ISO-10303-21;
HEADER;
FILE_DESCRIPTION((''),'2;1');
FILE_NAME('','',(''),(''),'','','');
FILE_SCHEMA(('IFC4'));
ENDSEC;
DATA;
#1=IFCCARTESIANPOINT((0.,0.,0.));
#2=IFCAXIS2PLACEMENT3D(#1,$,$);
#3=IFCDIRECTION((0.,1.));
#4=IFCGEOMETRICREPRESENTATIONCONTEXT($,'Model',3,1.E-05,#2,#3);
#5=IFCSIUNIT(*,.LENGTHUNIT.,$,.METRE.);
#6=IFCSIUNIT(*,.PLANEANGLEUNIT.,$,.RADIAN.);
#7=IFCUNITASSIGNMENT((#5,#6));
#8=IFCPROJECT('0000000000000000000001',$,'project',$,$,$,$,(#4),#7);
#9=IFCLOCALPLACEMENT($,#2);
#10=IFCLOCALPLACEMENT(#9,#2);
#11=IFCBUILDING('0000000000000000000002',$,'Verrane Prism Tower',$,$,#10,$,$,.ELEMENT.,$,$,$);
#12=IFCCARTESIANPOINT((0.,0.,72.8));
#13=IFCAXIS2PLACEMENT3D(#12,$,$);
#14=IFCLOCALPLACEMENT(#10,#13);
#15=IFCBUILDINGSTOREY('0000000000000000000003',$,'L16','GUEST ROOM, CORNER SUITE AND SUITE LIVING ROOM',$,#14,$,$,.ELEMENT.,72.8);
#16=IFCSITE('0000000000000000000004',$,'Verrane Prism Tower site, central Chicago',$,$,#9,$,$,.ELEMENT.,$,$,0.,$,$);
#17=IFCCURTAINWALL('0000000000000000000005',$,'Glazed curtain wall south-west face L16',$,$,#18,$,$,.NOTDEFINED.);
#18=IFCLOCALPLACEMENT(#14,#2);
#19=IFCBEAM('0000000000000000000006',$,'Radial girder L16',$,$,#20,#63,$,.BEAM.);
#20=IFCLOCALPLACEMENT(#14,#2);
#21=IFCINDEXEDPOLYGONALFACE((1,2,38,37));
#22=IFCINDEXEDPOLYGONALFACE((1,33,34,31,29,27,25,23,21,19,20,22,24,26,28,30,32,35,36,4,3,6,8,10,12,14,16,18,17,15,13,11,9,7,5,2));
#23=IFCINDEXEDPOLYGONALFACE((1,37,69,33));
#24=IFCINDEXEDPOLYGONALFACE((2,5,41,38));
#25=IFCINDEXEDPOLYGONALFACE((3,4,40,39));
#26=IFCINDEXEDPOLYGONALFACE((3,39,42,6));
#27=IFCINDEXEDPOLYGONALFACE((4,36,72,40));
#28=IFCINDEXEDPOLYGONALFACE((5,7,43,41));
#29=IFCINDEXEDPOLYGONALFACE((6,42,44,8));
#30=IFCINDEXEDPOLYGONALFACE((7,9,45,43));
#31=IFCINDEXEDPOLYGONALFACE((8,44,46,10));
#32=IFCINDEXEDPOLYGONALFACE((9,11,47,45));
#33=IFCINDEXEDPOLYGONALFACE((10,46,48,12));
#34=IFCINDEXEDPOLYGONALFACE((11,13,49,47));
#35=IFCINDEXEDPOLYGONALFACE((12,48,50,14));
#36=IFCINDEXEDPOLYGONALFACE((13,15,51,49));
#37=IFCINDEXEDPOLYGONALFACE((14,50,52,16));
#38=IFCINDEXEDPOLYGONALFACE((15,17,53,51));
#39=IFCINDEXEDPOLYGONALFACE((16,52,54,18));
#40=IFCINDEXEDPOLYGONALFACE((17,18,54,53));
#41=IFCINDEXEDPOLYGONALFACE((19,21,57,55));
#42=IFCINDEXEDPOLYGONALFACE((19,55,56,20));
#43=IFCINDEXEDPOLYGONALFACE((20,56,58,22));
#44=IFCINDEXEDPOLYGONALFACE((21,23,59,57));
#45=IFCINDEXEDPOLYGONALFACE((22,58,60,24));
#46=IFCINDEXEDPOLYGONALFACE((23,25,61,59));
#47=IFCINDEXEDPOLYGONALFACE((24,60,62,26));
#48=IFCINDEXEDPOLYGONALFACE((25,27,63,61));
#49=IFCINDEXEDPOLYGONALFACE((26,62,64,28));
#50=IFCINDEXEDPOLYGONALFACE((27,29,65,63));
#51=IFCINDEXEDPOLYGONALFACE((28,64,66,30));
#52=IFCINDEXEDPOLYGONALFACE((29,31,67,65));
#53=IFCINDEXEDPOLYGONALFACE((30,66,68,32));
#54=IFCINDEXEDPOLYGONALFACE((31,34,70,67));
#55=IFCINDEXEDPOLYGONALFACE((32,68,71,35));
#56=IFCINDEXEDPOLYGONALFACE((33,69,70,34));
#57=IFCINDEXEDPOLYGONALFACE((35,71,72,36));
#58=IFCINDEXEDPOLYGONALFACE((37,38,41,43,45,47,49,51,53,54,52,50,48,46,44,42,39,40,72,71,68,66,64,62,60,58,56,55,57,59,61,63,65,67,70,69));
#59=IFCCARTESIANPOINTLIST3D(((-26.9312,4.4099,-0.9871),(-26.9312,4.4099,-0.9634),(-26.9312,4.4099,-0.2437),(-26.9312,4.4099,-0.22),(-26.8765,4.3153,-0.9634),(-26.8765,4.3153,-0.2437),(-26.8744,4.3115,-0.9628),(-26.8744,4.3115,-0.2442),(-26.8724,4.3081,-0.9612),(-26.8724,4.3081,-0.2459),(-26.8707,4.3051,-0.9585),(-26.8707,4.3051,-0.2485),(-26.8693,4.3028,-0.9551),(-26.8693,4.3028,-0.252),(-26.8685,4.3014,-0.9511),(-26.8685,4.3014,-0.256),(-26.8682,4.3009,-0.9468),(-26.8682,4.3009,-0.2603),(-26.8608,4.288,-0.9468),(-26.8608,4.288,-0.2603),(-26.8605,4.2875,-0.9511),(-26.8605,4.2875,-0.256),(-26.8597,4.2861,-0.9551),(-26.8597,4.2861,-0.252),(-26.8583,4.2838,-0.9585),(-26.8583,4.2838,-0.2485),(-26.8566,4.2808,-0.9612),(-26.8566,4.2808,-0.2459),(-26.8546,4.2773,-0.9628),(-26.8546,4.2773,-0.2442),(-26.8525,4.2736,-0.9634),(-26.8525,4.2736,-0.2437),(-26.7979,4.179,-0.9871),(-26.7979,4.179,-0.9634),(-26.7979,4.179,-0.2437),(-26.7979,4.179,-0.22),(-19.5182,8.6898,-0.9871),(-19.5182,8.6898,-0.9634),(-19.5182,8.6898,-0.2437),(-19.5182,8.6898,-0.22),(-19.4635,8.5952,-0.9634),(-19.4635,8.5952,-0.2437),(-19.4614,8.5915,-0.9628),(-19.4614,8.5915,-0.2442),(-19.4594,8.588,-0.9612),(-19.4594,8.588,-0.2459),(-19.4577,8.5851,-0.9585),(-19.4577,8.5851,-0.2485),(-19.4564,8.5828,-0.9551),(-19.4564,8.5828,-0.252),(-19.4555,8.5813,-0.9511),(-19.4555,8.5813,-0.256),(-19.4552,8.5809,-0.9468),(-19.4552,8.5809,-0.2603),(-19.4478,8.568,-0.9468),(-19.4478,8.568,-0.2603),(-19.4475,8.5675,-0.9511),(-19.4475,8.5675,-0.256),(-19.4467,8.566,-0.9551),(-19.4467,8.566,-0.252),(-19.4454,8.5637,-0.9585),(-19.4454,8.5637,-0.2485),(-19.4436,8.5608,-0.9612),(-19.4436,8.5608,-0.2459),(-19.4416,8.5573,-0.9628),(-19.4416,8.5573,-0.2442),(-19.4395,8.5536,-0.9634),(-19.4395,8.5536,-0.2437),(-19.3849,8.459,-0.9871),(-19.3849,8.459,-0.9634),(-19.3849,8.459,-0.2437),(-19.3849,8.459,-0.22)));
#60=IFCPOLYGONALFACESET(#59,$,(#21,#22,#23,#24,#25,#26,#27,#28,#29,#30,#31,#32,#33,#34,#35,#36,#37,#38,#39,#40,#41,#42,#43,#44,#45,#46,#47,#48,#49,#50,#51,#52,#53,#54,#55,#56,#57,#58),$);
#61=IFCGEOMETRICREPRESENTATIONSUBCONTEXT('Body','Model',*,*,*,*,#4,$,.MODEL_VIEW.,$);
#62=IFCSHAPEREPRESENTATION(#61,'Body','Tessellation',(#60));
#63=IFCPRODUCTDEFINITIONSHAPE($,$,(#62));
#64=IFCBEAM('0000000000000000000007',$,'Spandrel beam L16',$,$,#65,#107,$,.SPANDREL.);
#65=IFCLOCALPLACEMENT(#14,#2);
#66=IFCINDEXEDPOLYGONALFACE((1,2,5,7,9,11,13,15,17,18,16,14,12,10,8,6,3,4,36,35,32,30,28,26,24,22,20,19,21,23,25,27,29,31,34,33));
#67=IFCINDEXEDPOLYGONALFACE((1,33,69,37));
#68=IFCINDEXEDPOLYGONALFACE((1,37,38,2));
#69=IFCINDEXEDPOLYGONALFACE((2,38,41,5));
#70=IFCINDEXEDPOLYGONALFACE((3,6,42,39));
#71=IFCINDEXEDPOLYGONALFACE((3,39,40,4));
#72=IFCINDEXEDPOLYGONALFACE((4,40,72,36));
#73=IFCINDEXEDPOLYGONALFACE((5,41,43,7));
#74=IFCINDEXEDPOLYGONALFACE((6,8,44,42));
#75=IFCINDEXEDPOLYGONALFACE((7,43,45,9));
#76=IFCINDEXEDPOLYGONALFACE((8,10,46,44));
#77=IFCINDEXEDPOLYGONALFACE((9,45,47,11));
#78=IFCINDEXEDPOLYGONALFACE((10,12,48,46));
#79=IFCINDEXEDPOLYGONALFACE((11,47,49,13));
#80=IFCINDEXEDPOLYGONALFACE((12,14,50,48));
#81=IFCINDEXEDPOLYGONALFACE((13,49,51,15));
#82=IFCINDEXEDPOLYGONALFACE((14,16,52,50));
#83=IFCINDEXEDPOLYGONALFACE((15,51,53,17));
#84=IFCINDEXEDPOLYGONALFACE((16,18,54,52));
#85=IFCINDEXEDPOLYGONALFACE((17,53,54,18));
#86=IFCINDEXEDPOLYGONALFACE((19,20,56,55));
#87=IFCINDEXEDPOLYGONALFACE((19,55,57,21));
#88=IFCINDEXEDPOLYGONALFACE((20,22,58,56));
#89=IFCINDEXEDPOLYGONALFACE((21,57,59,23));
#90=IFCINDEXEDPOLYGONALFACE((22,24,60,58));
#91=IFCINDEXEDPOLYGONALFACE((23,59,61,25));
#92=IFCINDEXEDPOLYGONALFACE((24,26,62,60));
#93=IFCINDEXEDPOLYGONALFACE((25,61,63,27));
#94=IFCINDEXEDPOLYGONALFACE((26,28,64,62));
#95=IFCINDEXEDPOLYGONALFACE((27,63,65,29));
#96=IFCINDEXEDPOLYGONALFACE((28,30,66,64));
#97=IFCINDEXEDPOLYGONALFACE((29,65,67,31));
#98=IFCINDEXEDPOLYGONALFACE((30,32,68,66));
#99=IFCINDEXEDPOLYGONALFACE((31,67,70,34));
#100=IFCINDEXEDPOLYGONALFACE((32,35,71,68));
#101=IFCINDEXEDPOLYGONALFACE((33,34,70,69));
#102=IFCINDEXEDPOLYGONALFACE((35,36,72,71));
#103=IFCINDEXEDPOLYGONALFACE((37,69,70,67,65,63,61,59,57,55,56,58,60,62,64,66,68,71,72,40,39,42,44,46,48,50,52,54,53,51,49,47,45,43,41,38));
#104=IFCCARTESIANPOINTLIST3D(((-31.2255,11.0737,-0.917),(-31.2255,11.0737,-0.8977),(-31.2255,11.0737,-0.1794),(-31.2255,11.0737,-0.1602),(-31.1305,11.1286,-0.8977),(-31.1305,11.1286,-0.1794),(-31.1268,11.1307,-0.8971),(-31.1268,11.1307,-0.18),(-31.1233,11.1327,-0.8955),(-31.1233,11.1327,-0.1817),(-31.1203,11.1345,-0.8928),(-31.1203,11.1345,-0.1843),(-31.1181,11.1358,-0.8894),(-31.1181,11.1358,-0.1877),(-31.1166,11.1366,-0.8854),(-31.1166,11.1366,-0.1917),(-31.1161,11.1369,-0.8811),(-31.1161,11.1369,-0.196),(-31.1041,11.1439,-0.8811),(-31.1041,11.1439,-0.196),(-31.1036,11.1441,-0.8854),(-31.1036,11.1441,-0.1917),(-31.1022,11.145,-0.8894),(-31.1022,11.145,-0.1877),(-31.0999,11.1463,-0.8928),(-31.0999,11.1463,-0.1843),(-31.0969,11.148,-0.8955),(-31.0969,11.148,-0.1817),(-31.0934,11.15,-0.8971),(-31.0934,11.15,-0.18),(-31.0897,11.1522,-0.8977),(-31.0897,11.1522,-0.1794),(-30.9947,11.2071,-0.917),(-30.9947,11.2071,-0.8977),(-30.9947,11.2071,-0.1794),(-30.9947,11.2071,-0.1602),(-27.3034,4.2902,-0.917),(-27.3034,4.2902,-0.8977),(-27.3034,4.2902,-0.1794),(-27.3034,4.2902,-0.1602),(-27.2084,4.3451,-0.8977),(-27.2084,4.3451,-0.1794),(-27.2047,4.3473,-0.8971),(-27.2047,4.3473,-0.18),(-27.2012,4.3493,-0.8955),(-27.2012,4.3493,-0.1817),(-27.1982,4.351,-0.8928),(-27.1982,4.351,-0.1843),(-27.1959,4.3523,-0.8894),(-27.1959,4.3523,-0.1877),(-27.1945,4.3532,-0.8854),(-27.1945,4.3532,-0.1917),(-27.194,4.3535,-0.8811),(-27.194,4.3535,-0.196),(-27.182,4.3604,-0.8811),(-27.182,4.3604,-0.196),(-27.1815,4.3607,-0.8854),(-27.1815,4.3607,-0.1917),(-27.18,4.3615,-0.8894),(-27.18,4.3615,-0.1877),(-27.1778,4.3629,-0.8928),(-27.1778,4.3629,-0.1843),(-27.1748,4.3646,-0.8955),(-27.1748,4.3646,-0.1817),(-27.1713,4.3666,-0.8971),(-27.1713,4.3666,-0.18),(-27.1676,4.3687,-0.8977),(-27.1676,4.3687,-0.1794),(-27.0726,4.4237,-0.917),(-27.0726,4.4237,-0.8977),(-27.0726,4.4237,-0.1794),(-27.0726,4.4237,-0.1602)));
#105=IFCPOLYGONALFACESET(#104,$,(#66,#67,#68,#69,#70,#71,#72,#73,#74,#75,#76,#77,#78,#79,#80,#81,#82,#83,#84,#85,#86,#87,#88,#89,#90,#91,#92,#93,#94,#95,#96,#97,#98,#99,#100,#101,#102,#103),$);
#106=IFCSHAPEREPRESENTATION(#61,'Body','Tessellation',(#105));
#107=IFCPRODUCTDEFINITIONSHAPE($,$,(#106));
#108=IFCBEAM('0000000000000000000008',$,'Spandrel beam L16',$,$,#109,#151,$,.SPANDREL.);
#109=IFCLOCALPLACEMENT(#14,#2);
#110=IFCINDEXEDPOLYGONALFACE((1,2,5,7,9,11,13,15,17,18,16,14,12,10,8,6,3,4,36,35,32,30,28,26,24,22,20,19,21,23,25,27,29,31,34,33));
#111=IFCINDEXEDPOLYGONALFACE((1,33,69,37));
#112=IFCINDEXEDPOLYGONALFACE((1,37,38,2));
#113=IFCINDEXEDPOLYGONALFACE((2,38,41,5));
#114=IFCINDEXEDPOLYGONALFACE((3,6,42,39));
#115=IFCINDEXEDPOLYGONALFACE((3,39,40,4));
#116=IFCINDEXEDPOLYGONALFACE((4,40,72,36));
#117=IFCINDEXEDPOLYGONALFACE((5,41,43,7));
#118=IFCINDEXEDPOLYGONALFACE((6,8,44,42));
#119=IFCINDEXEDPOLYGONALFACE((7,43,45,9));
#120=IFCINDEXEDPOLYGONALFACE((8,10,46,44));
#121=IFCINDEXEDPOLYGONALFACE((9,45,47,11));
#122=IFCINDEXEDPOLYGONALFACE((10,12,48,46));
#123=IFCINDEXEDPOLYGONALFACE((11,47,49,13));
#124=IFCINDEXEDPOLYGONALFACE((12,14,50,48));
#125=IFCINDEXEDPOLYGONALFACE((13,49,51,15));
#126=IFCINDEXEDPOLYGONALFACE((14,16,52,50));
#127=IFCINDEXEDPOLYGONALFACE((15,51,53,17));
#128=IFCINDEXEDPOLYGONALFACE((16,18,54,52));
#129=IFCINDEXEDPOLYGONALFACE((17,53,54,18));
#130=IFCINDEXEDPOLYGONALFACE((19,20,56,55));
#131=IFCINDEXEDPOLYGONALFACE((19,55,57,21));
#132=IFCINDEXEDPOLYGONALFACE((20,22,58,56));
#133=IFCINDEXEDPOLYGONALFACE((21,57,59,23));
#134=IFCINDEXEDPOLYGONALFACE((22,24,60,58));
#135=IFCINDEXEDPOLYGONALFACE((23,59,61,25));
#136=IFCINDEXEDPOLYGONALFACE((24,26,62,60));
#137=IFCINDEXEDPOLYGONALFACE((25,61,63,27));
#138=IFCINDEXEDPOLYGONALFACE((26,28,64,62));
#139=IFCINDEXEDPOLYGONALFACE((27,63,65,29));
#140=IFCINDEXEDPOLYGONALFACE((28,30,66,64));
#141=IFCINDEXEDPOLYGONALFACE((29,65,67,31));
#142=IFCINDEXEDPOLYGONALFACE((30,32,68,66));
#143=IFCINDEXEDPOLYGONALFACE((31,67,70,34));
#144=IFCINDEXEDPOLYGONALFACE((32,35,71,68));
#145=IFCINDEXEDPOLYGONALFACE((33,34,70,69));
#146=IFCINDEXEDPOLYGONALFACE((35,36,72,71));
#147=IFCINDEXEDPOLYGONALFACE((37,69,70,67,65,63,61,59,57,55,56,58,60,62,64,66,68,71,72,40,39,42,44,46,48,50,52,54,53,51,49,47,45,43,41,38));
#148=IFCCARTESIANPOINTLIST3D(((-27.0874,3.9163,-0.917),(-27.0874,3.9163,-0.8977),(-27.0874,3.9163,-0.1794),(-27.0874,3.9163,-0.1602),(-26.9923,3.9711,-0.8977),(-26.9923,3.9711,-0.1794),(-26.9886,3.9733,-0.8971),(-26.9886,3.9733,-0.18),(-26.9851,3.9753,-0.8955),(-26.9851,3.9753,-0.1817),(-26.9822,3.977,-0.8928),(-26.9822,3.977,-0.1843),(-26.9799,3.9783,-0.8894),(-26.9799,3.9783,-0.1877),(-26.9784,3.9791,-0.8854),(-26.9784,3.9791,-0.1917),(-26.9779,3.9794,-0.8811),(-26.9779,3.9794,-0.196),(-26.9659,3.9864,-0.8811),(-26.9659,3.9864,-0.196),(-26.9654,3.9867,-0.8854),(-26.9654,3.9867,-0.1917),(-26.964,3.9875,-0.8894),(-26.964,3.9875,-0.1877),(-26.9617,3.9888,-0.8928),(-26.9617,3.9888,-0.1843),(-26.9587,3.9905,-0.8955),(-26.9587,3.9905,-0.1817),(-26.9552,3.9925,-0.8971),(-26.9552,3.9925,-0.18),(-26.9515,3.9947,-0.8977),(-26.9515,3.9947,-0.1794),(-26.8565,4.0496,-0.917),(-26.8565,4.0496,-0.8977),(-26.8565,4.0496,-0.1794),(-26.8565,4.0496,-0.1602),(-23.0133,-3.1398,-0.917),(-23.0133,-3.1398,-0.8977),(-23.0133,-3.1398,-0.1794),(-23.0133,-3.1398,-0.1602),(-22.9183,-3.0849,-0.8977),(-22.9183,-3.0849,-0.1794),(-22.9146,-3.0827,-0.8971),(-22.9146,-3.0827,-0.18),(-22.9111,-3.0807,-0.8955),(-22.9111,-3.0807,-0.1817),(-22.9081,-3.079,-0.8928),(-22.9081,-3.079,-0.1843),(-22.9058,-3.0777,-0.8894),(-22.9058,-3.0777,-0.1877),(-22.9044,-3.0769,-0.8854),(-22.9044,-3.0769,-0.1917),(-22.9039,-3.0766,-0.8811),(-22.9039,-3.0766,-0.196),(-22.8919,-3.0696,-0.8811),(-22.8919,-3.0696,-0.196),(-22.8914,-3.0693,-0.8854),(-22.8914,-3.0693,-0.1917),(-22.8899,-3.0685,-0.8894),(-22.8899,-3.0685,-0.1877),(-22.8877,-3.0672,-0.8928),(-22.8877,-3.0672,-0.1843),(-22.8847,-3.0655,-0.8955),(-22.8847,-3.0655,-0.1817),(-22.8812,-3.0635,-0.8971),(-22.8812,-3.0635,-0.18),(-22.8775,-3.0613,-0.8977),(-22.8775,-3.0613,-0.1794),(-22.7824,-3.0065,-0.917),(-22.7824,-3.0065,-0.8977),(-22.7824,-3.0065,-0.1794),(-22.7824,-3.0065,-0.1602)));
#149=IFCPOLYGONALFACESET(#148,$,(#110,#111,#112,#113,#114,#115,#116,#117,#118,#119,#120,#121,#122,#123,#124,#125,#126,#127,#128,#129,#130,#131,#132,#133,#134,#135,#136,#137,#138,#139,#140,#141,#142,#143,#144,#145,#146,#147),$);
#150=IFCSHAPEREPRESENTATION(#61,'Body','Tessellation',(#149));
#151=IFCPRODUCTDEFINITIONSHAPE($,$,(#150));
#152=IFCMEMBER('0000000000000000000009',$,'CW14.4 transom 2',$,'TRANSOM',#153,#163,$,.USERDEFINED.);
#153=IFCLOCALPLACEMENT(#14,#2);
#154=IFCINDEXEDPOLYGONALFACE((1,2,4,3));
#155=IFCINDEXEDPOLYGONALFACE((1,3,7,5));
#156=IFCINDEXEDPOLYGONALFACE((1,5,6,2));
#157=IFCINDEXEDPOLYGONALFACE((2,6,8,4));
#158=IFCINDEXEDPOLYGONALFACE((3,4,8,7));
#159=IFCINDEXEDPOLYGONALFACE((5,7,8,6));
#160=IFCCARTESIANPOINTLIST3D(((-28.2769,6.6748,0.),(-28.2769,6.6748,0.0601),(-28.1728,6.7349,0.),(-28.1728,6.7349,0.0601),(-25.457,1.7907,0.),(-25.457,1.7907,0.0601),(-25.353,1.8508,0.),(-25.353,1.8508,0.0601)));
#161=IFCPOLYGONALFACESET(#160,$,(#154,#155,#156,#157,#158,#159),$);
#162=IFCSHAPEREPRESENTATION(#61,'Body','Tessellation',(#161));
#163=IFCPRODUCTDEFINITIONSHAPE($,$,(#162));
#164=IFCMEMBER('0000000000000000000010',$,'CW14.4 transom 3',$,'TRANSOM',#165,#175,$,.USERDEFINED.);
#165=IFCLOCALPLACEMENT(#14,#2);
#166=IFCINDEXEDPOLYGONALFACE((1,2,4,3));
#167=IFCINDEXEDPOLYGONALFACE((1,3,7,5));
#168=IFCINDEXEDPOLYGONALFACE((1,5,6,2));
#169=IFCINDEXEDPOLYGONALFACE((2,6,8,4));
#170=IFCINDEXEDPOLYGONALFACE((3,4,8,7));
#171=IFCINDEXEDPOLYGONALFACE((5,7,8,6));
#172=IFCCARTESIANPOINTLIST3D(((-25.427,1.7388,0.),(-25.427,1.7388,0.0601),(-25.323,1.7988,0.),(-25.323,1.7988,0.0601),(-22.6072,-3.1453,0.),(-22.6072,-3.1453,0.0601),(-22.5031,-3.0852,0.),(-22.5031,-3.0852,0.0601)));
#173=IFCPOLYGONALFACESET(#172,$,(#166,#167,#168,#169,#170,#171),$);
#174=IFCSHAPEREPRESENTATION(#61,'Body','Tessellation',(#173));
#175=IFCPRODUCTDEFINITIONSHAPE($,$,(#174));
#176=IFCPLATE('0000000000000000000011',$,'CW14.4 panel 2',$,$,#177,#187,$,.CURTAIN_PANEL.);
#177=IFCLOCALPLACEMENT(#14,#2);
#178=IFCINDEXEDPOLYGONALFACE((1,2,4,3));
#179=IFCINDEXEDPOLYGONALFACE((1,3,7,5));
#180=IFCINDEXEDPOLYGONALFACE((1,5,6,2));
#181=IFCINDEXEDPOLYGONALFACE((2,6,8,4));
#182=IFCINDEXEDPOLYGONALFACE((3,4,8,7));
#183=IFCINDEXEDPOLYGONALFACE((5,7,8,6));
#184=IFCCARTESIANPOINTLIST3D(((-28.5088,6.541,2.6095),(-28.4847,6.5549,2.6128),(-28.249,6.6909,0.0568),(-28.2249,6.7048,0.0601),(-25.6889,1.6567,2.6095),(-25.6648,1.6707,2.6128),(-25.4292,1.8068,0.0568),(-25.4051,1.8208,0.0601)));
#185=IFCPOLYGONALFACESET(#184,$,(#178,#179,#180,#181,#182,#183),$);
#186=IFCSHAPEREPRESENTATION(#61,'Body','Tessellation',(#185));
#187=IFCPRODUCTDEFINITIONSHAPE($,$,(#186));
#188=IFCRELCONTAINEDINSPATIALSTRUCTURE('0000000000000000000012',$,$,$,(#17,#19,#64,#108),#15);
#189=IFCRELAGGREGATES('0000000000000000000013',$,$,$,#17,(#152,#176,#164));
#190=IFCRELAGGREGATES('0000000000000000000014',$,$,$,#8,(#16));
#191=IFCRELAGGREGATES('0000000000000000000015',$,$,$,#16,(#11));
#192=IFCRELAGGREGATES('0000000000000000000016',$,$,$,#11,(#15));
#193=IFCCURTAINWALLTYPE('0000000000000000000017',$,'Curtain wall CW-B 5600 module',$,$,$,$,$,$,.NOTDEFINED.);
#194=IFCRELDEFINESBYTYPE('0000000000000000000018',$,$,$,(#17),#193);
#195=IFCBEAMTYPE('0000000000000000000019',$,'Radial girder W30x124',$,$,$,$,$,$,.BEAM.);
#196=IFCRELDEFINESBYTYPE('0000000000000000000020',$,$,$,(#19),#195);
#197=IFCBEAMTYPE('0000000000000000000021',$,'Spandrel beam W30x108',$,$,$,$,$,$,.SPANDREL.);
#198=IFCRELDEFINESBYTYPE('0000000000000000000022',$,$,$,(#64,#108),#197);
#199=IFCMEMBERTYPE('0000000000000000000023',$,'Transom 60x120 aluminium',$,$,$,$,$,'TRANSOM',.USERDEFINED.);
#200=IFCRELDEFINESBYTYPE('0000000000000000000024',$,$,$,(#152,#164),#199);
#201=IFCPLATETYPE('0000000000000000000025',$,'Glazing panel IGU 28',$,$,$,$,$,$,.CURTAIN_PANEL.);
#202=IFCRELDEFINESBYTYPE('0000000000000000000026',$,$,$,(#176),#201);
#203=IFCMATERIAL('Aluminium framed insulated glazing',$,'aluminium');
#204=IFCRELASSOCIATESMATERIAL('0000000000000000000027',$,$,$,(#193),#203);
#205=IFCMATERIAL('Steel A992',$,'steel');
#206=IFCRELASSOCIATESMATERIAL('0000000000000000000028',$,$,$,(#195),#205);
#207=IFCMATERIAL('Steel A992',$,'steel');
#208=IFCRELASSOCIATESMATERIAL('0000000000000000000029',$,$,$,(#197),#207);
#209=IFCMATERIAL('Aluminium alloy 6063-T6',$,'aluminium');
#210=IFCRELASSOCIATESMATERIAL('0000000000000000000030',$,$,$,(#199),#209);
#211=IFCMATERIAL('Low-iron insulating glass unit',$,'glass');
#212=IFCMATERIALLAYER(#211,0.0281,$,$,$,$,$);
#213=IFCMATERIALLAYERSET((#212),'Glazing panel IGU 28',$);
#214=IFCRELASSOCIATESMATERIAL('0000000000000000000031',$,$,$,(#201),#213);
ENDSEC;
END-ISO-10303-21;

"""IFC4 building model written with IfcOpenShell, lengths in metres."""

from ifc_helpers import new_model, si_unit, direction, frame, origin, origin_2d, place, context, subcontext, project, spatial, polyline, rectangle, i_section, outline, extrude, material, layer, layer_set, material_profile, profile_set, type_object, element, aggregate, save


model = new_model("IFC4")

# Units and contexts
model_context = context("Model", 3, precision=1e-05, world=origin(), true_north=direction((0.0, 1.0)))
body_context = subcontext(model_context, "Body", "Model", "MODEL_VIEW")
ifc_project = project(units=[si_unit("LENGTHUNIT", "METRE"), si_unit("PLANEANGLEUNIT", "RADIAN")], contexts=[model_context])

# Site, building, storey
site_placement = place(None, origin())
site = spatial("IfcSite", under=ifc_project, at=site_placement, Name="Verrane Prism Tower site, central Chicago", CompositionType="ELEMENT", RefElevation=0.0)
building_placement = place(site_placement, origin())
building = spatial("IfcBuilding", under=site, at=building_placement, Name="Verrane Prism Tower", CompositionType="ELEMENT")
storey_placement = place(building_placement, frame((0.0, 0.0, 72.8)))
storey = spatial("IfcBuildingStorey", under=building, at=storey_placement, Name="L16", Description="GUEST ROOM, CORNER SUITE AND SUITE LIVING ROOM", CompositionType="ELEMENT", Elevation=72.8)

# Curtain wall
ifc_material_1 = material(Name="Aluminium framed insulated glazing", Category="aluminium")
curtain_wall_type = type_object("IfcCurtainWallType", Name="Curtain wall CW-B 5600 module", PredefinedType="NOTDEFINED", material=ifc_material_1)
curtain_wall_placement = place(storey_placement, origin())
curtain_wall = element("IfcCurtainWall", 1, at=curtain_wall_placement, inside=storey, type_object=curtain_wall_type, Name="Glazed curtain wall south-west face L16", PredefinedType="NOTDEFINED")

# Beams
ifc_material_2 = material(Name="Steel A992", Category="steel")
ifc_material_profile_1 = material_profile(ifc_material_2, i_section(OverallWidth=0.2666, OverallDepth=0.7671, WebThickness=0.0149, FlangeThickness=0.0237, FilletRadius=0.0166, at=origin_2d()), Name="W30x124")
ifc_profile_set_1 = profile_set([ifc_material_profile_1], Name="Steel A992")
beam_type_1 = type_object("IfcBeamType", Name="Radial girder W30x124", PredefinedType="BEAM", material=ifc_profile_set_1)
beam_1_placement = place(storey_placement, frame((-26.8645, 4.2944, -0.6035), z_axis=(0.866021, 0.500007, 0.0), x_axis=(-0.500007, 0.866021, 0.0)))
element("IfcBeam", 2, at=beam_1_placement, inside=storey, type_object=beam_type_1, Name="Radial girder L16", PredefinedType="BEAM", context=body_context, shape_type="SweptSolid", body=[
    extrude(i_section(OverallWidth=0.2666, OverallDepth=0.7671, WebThickness=0.0149, FlangeThickness=0.0237, FilletRadius=0.0166, at=origin_2d()), origin(), (0.0, 0.0, 1.0), 8.5598),
])
ifc_material_3 = material(Name="Steel A992", Category="steel")
ifc_material_profile_2 = material_profile(ifc_material_3, i_section(OverallWidth=0.2666, OverallDepth=0.7568, WebThickness=0.0139, FlangeThickness=0.0193, FilletRadius=0.0166, at=origin_2d()), Name="W30x108")
ifc_profile_set_2 = profile_set([ifc_material_profile_2], Name="Steel A992")
beam_type_2 = type_object("IfcBeamType", Name="Spandrel beam W30x108", PredefinedType="SPANDREL", material=ifc_profile_set_2)
beam_2_placement = place(storey_placement, frame((-31.1101, 11.1404, -0.5386), z_axis=(0.500545, -0.865711, 0.0), x_axis=(0.865711, 0.500545, 0.0)))
element("IfcBeam", 3, at=beam_2_placement, inside=storey, type_object=beam_type_2, Name="Spandrel beam L16", PredefinedType="SPANDREL", context=body_context, shape_type="SweptSolid", body=[
    extrude(i_section(OverallWidth=0.2666, OverallDepth=0.7568, WebThickness=0.0139, FlangeThickness=0.0193, FilletRadius=0.0166, at=origin_2d()), origin(), (0.0, 0.0, 1.0), 7.8357),
])
beam_3_placement = place(storey_placement, frame((-26.9719, 3.9829, -0.5386), z_axis=(0.500022, -0.866012, 0.0), x_axis=(0.866012, 0.500022, 0.0)))
element("IfcBeam", 4, at=beam_3_placement, inside=storey, type_object=beam_type_2, Name="Spandrel beam L16", PredefinedType="SPANDREL", context=body_context, shape_type="SweptSolid", body=[
    extrude(i_section(OverallWidth=0.2666, OverallDepth=0.7568, WebThickness=0.0139, FlangeThickness=0.0193, FilletRadius=0.0166, at=origin_2d()), origin(), (0.0, 0.0, 1.0), 8.1477),
])

# Members
ifc_material_4 = material(Name="Aluminium alloy 6063-T6", Category="aluminium")
ifc_material_profile_3 = material_profile(ifc_material_4, rectangle(XDim=0.1201, YDim=0.0601, at=origin_2d()), Name="Transom 60x120 aluminium")
ifc_profile_set_3 = profile_set([ifc_material_profile_3], Name="Aluminium alloy 6063-T6")
member_type_1 = type_object("IfcMemberType", Name="Transom 60x120 aluminium", ElementType="TRANSOM", PredefinedType="USERDEFINED", material=ifc_profile_set_3)
member_1_placement = place(storey_placement, frame((-28.2249, 6.7048, 0.03), z_axis=(0.500004, -0.866023, 0.0), x_axis=(0.866023, 0.500004, 0.0)))
member_1 = element("IfcMember", 5, at=member_1_placement, type_object=member_type_1, Name="CW14.4 transom 2", ObjectType="TRANSOM", PredefinedType="USERDEFINED", context=body_context, shape_type="SweptSolid", body=[
    extrude(rectangle(XDim=0.1201, YDim=0.0601, at=origin_2d()), origin(), (0.0, 0.0, 1.0), 5.6396),
])
member_2_placement = place(storey_placement, frame((-25.375, 1.7688, 0.03), z_axis=(0.500004, -0.866023, 0.0), x_axis=(0.866023, 0.500004, 0.0)))
member_2 = element("IfcMember", 6, at=member_2_placement, type_object=member_type_1, Name="CW14.4 transom 3", ObjectType="TRANSOM", PredefinedType="USERDEFINED", context=body_context, shape_type="SweptSolid", body=[
    extrude(rectangle(XDim=0.1201, YDim=0.0601, at=origin_2d()), origin(), (0.0, 0.0, 1.0), 5.6396),
])

# Plate
ifc_material_5 = material(Name="Low-iron insulating glass unit", Category="glass")
ifc_layer_1 = layer(ifc_material_5, 0.0281)
ifc_layer_set_1 = layer_set([ifc_layer_1], Name="Glazing panel IGU 28")
plate_type = type_object("IfcPlateType", Name="Glazing panel IGU 28", PredefinedType="CURTAIN_PANEL", material=ifc_layer_set_1)
plate_1_placement = place(storey_placement, frame((-28.2249, 6.7048, 0.0601), z_axis=(0.860111, 0.496577, 0.116709), x_axis=(0.499994, -0.866029, -0.000001)))
plate_1 = element("IfcPlate", 7, at=plate_1_placement, type_object=plate_type, Name="CW14.4 panel 2", PredefinedType="CURTAIN_PANEL", context=body_context, shape_type="SweptSolid", body=[
    extrude(outline(polyline([(0.0, 0.0), (5.6396, 0.0), (5.6398, -2.5703), (-0.0001, -2.5703), (0.0, 0.0)])), origin(), (0.0, 0.0, -1.0), 0.0281),
])
aggregate(curtain_wall, [member_1, plate_1, member_2])

save(model, "model.ifc")
